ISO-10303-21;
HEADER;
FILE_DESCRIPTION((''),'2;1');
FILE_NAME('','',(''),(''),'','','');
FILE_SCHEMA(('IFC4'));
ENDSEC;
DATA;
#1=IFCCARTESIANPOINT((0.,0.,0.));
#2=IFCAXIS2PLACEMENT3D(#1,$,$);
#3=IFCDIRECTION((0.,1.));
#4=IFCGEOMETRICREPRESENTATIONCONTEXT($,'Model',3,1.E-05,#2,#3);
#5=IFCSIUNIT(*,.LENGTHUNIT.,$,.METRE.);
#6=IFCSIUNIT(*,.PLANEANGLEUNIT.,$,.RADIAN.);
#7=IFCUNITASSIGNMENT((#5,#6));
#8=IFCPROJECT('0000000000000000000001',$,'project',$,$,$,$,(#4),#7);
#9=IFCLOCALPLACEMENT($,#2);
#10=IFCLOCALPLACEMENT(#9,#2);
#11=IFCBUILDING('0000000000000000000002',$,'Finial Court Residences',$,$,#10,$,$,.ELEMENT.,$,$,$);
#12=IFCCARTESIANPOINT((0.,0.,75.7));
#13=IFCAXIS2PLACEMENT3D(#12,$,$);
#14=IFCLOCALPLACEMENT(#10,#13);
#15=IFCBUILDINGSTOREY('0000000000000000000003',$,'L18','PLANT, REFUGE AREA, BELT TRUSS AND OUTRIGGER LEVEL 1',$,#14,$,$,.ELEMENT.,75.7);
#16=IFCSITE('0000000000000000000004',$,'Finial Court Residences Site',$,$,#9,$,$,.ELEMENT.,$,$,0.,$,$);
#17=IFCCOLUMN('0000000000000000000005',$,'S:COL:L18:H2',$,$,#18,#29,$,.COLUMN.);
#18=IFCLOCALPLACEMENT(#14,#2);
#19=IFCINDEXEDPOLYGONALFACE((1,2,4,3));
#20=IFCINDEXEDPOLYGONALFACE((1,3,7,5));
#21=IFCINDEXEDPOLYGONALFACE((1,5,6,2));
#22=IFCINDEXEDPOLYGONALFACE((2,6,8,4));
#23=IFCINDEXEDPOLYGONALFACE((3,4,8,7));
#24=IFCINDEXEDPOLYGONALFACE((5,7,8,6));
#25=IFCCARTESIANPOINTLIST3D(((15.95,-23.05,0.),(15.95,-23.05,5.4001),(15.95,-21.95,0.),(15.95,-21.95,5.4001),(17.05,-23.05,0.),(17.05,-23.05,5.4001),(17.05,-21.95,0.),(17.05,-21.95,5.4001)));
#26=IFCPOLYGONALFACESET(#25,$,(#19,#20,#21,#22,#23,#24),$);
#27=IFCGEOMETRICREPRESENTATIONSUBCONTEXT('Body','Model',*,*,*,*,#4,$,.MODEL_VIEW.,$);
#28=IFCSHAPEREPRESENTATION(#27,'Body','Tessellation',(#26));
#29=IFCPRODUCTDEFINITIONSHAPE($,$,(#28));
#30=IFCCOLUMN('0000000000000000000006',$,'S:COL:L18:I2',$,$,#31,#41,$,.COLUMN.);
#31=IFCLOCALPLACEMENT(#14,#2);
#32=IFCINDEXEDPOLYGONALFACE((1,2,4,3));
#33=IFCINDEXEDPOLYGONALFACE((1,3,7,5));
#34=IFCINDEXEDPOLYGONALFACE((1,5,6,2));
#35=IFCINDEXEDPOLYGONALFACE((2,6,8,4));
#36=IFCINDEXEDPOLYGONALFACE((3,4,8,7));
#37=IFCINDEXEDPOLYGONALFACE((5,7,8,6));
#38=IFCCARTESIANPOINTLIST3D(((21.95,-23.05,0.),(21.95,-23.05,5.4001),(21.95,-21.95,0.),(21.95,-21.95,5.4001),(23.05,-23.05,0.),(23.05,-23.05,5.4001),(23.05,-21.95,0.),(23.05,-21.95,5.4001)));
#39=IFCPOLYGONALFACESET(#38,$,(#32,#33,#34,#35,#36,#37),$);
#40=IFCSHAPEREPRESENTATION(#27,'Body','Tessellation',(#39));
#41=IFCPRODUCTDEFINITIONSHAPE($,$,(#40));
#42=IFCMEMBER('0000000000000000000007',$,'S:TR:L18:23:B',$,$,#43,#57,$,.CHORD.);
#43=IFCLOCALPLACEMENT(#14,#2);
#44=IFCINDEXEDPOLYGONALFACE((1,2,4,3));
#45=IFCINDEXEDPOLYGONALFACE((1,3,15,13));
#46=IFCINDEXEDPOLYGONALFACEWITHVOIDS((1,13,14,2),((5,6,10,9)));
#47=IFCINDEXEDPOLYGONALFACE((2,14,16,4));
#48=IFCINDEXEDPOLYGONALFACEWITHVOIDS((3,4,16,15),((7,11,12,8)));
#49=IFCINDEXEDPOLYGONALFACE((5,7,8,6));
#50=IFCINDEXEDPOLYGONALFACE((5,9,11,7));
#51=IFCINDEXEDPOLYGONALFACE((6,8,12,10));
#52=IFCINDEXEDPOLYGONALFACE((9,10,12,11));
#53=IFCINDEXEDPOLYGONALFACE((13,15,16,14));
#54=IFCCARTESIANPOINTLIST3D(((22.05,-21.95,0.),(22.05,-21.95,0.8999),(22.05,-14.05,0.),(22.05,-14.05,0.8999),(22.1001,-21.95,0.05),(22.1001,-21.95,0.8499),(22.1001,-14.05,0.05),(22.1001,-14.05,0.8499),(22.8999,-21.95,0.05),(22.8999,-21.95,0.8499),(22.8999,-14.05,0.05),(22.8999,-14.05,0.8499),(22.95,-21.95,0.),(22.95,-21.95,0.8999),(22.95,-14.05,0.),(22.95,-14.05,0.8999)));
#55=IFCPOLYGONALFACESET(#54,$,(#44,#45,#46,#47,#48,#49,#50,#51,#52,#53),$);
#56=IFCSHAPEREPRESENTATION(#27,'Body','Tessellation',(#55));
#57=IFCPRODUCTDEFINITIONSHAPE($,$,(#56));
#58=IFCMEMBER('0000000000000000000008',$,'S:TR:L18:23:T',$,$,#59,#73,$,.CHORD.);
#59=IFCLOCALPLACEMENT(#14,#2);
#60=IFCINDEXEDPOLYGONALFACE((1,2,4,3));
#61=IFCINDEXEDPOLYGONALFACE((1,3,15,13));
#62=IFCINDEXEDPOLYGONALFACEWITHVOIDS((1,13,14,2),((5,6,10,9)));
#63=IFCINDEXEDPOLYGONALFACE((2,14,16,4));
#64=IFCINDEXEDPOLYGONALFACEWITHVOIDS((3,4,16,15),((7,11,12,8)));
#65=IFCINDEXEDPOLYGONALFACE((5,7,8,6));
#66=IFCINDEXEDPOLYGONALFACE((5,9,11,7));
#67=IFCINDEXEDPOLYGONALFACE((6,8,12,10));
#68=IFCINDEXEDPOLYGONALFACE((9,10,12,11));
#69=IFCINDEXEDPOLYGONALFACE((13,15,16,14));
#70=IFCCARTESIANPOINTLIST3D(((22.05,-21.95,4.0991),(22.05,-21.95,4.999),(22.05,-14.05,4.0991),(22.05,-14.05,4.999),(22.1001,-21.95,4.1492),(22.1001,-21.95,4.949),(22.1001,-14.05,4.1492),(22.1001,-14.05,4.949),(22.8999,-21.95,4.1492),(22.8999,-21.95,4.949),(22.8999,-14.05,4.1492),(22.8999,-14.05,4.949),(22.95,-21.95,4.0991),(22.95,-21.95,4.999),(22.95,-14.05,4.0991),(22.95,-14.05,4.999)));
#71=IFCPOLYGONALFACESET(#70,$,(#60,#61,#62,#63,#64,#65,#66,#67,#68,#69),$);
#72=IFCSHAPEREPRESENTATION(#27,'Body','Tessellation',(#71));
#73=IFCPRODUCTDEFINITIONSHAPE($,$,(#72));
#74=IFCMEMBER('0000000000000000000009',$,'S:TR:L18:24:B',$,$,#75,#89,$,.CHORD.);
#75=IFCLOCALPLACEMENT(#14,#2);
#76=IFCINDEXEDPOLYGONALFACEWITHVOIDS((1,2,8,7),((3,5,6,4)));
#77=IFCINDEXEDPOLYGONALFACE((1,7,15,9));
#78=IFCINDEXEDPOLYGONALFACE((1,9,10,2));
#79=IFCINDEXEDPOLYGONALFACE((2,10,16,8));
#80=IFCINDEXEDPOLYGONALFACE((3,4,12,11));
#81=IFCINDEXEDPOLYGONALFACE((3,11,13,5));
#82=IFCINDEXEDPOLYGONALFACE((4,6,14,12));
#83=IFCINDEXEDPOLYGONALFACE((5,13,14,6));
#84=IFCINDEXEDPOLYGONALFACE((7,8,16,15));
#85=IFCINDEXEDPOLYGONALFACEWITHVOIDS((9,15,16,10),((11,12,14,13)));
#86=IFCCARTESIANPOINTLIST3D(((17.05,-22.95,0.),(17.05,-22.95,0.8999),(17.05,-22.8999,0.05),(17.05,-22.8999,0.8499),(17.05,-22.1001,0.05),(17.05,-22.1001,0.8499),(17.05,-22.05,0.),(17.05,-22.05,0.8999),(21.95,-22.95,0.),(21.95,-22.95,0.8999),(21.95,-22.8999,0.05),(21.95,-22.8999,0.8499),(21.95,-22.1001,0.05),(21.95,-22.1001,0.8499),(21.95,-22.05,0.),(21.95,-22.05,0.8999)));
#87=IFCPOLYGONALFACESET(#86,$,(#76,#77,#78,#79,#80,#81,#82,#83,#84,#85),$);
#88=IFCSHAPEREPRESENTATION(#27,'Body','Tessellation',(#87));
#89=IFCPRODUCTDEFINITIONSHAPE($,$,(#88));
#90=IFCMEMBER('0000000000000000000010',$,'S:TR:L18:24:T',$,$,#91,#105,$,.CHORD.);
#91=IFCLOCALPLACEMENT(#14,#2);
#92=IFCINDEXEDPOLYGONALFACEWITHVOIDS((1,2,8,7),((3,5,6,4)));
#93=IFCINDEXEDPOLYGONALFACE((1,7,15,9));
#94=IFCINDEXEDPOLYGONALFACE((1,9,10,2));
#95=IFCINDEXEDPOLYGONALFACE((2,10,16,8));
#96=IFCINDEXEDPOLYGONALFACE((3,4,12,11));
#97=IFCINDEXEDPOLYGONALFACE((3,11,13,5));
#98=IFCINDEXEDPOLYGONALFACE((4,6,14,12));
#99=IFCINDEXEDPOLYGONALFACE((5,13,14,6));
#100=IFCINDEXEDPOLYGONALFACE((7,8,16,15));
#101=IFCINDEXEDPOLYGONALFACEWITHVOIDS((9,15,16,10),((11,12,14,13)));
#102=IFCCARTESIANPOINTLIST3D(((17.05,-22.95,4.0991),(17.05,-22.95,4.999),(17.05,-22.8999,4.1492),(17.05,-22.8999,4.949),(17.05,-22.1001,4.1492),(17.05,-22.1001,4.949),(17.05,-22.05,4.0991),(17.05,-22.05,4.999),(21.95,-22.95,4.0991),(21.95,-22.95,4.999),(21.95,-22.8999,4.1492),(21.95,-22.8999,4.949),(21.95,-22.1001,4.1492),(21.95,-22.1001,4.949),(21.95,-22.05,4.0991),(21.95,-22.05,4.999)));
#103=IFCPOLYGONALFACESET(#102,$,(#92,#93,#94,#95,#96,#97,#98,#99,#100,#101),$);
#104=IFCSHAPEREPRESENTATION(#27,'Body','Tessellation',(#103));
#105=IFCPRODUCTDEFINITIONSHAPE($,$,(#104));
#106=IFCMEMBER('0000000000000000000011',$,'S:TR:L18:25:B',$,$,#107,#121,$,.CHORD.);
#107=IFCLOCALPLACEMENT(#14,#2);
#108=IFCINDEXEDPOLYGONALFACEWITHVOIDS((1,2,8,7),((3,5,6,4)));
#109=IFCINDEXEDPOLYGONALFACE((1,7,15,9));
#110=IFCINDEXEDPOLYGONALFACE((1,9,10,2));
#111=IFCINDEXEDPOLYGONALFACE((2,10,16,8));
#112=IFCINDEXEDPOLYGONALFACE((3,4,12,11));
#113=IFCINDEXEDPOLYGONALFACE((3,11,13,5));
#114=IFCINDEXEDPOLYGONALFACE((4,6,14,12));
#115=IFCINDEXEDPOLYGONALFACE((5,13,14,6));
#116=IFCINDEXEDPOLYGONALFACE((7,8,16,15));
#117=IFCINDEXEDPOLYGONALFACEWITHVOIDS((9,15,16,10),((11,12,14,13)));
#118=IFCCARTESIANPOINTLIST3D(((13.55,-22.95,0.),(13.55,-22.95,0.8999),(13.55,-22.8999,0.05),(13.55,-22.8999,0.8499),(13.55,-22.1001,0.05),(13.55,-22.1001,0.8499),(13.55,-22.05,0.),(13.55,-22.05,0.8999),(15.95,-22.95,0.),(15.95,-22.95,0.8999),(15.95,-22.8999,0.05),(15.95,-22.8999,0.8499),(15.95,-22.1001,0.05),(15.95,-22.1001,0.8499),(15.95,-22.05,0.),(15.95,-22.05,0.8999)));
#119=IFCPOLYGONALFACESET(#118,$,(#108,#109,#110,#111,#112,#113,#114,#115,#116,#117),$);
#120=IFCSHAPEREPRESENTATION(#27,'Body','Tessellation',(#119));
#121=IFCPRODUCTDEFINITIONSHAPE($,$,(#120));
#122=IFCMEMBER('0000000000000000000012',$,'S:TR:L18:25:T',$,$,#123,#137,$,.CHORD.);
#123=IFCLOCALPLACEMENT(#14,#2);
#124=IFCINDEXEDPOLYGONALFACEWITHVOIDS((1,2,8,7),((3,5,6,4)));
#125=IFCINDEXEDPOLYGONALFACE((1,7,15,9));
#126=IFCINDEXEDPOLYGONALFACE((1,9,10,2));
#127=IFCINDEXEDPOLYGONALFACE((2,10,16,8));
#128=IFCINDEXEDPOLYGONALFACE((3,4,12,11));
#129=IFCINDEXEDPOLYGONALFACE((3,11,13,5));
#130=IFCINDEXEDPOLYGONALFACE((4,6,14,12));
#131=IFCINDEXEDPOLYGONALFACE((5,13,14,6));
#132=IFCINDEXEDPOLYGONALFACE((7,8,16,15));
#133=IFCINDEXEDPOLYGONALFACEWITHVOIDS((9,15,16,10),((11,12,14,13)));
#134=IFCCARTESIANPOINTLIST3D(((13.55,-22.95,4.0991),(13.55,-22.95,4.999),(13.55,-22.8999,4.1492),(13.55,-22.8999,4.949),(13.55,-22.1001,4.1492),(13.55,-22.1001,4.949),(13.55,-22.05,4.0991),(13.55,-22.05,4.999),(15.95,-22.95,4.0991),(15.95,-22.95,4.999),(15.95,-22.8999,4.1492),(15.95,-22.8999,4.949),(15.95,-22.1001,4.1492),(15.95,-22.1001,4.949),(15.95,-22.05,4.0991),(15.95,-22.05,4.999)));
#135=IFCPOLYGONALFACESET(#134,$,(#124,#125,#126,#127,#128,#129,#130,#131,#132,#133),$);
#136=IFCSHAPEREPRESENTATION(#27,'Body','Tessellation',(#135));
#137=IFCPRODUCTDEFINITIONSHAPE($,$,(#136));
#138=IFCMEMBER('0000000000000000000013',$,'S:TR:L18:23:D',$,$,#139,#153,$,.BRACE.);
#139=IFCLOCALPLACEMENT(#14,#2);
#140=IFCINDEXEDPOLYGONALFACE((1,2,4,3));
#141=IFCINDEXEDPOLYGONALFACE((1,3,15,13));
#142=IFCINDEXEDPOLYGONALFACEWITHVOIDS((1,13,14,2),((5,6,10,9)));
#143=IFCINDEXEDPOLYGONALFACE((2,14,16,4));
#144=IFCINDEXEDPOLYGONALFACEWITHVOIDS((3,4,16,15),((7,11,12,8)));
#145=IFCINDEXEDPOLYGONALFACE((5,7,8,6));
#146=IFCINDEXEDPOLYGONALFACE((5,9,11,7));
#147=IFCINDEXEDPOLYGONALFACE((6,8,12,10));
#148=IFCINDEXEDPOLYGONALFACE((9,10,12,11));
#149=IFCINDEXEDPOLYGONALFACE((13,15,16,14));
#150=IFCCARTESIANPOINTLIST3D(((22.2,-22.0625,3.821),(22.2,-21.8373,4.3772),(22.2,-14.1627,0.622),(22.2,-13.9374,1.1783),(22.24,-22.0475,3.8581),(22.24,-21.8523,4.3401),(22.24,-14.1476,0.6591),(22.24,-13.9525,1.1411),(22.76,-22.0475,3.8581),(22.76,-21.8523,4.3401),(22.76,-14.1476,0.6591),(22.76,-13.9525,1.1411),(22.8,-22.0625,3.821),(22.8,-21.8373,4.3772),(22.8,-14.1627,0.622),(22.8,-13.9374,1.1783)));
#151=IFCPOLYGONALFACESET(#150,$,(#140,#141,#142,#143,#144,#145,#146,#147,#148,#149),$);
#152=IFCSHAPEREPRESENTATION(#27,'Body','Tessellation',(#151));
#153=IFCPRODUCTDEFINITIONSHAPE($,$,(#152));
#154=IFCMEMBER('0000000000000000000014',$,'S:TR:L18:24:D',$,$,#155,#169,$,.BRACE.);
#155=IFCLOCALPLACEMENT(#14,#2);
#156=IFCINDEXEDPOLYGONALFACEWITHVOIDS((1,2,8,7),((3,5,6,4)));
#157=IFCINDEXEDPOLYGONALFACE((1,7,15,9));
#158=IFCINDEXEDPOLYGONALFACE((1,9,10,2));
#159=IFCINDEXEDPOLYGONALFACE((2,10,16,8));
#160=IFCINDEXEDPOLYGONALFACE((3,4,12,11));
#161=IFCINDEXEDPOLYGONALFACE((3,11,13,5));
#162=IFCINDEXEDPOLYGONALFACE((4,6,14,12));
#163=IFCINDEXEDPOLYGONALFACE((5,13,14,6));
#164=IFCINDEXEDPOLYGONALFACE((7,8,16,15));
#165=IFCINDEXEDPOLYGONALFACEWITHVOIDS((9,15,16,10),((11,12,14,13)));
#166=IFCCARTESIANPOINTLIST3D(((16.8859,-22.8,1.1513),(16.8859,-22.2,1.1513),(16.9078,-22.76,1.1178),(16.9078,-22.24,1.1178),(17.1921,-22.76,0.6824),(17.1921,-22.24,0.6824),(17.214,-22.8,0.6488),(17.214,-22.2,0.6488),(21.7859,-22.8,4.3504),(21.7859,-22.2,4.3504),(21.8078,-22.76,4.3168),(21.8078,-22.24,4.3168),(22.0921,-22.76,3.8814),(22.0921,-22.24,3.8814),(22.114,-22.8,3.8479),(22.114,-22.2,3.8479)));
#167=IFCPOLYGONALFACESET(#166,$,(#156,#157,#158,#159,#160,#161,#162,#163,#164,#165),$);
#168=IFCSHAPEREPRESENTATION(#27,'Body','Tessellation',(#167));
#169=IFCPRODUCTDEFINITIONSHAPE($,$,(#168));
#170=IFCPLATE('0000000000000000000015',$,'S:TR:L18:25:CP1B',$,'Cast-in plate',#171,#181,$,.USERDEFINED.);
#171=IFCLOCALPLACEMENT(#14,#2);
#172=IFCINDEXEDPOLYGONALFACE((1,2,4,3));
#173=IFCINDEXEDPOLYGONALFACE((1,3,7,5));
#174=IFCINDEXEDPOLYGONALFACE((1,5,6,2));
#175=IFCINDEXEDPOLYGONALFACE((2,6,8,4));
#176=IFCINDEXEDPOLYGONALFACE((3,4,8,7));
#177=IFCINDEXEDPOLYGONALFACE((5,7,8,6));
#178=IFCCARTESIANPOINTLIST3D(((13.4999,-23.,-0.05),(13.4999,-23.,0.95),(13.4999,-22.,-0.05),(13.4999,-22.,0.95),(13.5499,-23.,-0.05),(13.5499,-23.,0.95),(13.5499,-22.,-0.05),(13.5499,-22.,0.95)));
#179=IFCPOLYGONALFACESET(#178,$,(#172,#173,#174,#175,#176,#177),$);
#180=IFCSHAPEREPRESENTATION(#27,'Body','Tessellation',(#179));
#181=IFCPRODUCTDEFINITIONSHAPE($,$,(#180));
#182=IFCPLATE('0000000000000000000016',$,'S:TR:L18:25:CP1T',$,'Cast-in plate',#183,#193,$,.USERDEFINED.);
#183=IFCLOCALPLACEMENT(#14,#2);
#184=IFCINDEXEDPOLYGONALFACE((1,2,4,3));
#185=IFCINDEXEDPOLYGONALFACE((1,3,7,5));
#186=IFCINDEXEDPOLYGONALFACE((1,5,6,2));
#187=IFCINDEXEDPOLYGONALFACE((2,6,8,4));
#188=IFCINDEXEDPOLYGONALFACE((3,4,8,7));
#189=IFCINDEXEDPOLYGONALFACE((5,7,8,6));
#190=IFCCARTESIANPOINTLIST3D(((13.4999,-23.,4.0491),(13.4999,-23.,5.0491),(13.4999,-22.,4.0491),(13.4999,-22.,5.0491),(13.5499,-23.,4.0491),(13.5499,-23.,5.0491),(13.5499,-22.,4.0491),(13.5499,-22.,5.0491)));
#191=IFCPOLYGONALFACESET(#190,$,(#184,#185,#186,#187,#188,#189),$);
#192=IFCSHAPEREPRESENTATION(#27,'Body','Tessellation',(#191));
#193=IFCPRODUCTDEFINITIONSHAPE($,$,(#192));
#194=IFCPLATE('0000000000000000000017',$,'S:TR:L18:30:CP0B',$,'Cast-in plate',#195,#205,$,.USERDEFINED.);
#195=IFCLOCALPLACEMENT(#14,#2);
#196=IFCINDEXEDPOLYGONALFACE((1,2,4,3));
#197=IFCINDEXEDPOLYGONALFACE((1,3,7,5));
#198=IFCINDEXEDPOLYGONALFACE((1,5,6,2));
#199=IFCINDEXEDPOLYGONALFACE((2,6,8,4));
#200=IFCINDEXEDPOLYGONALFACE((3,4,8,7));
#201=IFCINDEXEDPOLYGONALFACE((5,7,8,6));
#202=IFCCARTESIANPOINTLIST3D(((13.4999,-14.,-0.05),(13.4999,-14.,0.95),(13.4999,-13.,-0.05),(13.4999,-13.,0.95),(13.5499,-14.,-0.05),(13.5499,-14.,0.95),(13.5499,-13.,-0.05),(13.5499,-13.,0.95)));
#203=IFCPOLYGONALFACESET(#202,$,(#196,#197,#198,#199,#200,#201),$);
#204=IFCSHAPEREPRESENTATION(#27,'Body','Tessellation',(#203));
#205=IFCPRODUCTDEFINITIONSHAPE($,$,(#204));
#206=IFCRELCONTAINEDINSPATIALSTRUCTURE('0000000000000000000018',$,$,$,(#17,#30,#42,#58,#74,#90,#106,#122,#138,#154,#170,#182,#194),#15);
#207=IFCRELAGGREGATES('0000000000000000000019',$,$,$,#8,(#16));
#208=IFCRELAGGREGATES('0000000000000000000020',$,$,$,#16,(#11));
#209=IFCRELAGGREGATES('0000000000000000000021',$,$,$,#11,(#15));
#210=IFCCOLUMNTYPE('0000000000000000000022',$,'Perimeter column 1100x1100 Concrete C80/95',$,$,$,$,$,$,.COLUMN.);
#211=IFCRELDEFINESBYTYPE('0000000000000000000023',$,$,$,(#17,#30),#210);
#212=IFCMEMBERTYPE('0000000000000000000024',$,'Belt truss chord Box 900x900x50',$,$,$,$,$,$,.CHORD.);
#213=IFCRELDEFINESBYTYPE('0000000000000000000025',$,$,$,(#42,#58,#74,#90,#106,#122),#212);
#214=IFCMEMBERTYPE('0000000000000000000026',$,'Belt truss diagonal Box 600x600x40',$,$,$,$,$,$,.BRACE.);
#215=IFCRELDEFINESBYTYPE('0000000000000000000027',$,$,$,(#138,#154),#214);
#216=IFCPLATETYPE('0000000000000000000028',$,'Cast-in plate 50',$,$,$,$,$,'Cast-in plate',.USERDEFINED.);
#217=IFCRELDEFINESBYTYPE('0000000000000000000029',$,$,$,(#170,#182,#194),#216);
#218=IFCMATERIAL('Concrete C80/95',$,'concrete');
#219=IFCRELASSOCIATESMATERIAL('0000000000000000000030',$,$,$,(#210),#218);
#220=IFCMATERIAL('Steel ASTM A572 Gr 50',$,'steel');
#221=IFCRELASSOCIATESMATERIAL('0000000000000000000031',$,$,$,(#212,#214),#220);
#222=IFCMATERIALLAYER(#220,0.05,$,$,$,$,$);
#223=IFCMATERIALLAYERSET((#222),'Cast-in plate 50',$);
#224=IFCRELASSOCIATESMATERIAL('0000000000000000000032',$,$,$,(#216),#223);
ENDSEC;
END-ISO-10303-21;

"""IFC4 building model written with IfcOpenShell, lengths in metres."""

from ifc_helpers import new_model, si_unit, direction, frame, origin, origin_2d, place, context, subcontext, project, spatial, rectangle, hollow_rectangle, extrude, material, layer, layer_set, material_profile, profile_set, type_object, element, save


model = new_model("IFC4")

# Units and contexts
model_context = context("Model", 3, precision=1e-05, world=origin(), true_north=direction((0.0, 1.0)))
body_context = subcontext(model_context, "Body", "Model", "MODEL_VIEW")
ifc_project = project(units=[si_unit("LENGTHUNIT", "METRE"), si_unit("PLANEANGLEUNIT", "RADIAN")], contexts=[model_context])

# Site, building, storey
site_placement = place(None, origin())
site = spatial("IfcSite", under=ifc_project, at=site_placement, Name="Finial Court Residences Site", CompositionType="ELEMENT", RefElevation=0.0)
building_placement = place(site_placement, origin())
building = spatial("IfcBuilding", under=site, at=building_placement, Name="Finial Court Residences", CompositionType="ELEMENT")
storey_placement = place(building_placement, frame((0.0, 0.0, 75.7)))
storey = spatial("IfcBuildingStorey", under=building, at=storey_placement, Name="L18", Description="PLANT, REFUGE AREA, BELT TRUSS AND OUTRIGGER LEVEL 1", CompositionType="ELEMENT", Elevation=75.7)

# Columns
ifc_material_1 = material(Name="Concrete C80/95", Category="concrete")
ifc_material_profile_1 = material_profile(ifc_material_1, rectangle(XDim=1.1001, YDim=1.1001, at=origin_2d()), Name="1100x1100")
ifc_profile_set_1 = profile_set([ifc_material_profile_1], Name="Concrete C80/95")
column_type = type_object("IfcColumnType", Name="Perimeter column 1100x1100 Concrete C80/95", PredefinedType="COLUMN", material=ifc_profile_set_1)
for number, where, z_axis, x_axis, name in (
    (1, (16.5, -22.5, 0.0), (0.0, 0.0, 1.0), (1.0, 0.0, 0.0), "S:COL:L18:H2"),
    (2, (22.5, -22.5, 0.0), (0.0, 0.0, 1.0), (1.0, 0.0, 0.0), "S:COL:L18:I2"),
):
    element("IfcColumn", number, at=place(storey_placement, frame(where, z_axis=z_axis, x_axis=x_axis)), inside=storey, type_object=column_type, Name=name, PredefinedType="COLUMN", context=body_context, shape_type="SweptSolid", body=[
        extrude(rectangle(XDim=1.1001, YDim=1.1001, at=origin_2d()), origin(), (0.0, 0.0, 1.0), 5.4001),
    ])

# Members
ifc_material_2 = material(Name="Steel ASTM A572 Gr 50", Category="steel")
ifc_material_profile_2 = material_profile(ifc_material_2, hollow_rectangle(XDim=0.8999, YDim=0.8999, WallThickness=0.05, at=origin_2d()), Name="Box 900x900x50")
ifc_profile_set_2 = profile_set([ifc_material_profile_2], Name="Steel ASTM A572 Gr 50")
member_type_1 = type_object("IfcMemberType", Name="Belt truss chord Box 900x900x50", PredefinedType="CHORD", material=ifc_profile_set_2)
for number, where, z_axis, x_axis, name in (
    (3, (22.5, -14.05, 0.45), (0.0, -1.0, 0.0), (1.0, 0.0, 0.0), "S:TR:L18:23:B"),
    (4, (22.5, -14.05, 4.5491), (0.0, -1.0, 0.0), (1.0, 0.0, 0.0), "S:TR:L18:23:T"),
):
    element("IfcMember", number, at=place(storey_placement, frame(where, z_axis=z_axis, x_axis=x_axis)), inside=storey, type_object=member_type_1, Name=name, PredefinedType="CHORD", context=body_context, shape_type="SweptSolid", body=[
        extrude(hollow_rectangle(XDim=0.8999, YDim=0.8999, WallThickness=0.05, at=origin_2d()), origin(), (0.0, 0.0, 1.0), 7.8999),
    ])
for number, where, z_axis, x_axis, name in (
    (5, (21.95, -22.5, 0.45), (-1.0, 0.0, 0.0), (0.0, -1.0, 0.0), "S:TR:L18:24:B"),
    (6, (21.95, -22.5, 4.5491), (-1.0, 0.0, 0.0), (0.0, -1.0, 0.0), "S:TR:L18:24:T"),
):
    element("IfcMember", number, at=place(storey_placement, frame(where, z_axis=z_axis, x_axis=x_axis)), inside=storey, type_object=member_type_1, Name=name, PredefinedType="CHORD", context=body_context, shape_type="SweptSolid", body=[
        extrude(hollow_rectangle(XDim=0.8999, YDim=0.8999, WallThickness=0.05, at=origin_2d()), origin(), (0.0, 0.0, 1.0), 4.8999),
    ])
for number, where, z_axis, x_axis, name in (
    (7, (15.95, -22.5, 0.45), (-1.0, 0.0, 0.0), (0.0, -1.0, 0.0), "S:TR:L18:25:B"),
    (8, (15.95, -22.5, 4.5491), (-1.0, 0.0, 0.0), (0.0, -1.0, 0.0), "S:TR:L18:25:T"),
):
    element("IfcMember", number, at=place(storey_placement, frame(where, z_axis=z_axis, x_axis=x_axis)), inside=storey, type_object=member_type_1, Name=name, PredefinedType="CHORD", context=body_context, shape_type="SweptSolid", body=[
        extrude(hollow_rectangle(XDim=0.8999, YDim=0.8999, WallThickness=0.05, at=origin_2d()), origin(), (0.0, 0.0, 1.0), 2.3999),
    ])
ifc_material_profile_3 = material_profile(ifc_material_2, hollow_rectangle(XDim=0.6001, YDim=0.6001, WallThickness=0.04, at=origin_2d()), Name="Box 600x600x40")
ifc_profile_set_3 = profile_set([ifc_material_profile_3], Name="Steel ASTM A572 Gr 50")
member_type_2 = type_object("IfcMemberType", Name="Belt truss diagonal Box 600x600x40", PredefinedType="BRACE", material=ifc_profile_set_3)
member_1_placement = place(storey_placement, frame((22.5, -14.05, 0.9001), z_axis=(0.0, -0.92689, 0.375333), x_axis=(1.0, 0.0, 0.0)))
element("IfcMember", 9, at=member_1_placement, inside=storey, type_object=member_type_2, Name="S:TR:L18:23:D", PredefinedType="BRACE", context=body_context, shape_type="SweptSolid", body=[
    extrude(hollow_rectangle(XDim=0.6001, YDim=0.6001, WallThickness=0.04, at=origin_2d()), origin(), (0.0, 0.0, 1.0), 8.5229),
])
member_2_placement = place(storey_placement, frame((21.95, -22.5, 4.0991), z_axis=(-0.837346, 0.0, -0.546674), x_axis=(0.0, -1.0, 0.0)))
element("IfcMember", 10, at=member_2_placement, inside=storey, type_object=member_type_2, Name="S:TR:L18:24:D", PredefinedType="BRACE", context=body_context, shape_type="SweptSolid", body=[
    extrude(hollow_rectangle(XDim=0.6001, YDim=0.6001, WallThickness=0.04, at=origin_2d()), origin(), (0.0, 0.0, 1.0), 5.8518),
])

# Plates
ifc_layer_1 = layer(ifc_material_2, 0.05)
ifc_layer_set_1 = layer_set([ifc_layer_1], Name="Cast-in plate 50")
plate_type = type_object("IfcPlateType", Name="Cast-in plate 50", ElementType="Cast-in plate", PredefinedType="USERDEFINED", material=ifc_layer_set_1)
for number, where, z_axis, x_axis, name in (
    (11, (13.5249, -22.5, -0.05), (0.0, 0.0, 1.0), (1.0, 0.0, 0.0), "S:TR:L18:25:CP1B"),
    (12, (13.5249, -22.5, 4.0491), (0.0, 0.0, 1.0), (1.0, 0.0, 0.0), "S:TR:L18:25:CP1T"),
    (13, (13.5249, -13.5, -0.05), (0.0, 0.0, 1.0), (1.0, 0.0, 0.0), "S:TR:L18:30:CP0B"),
):
    element("IfcPlate", number, at=place(storey_placement, frame(where, z_axis=z_axis, x_axis=x_axis)), inside=storey, type_object=plate_type, Name=name, ObjectType="Cast-in plate", PredefinedType="USERDEFINED", context=body_context, shape_type="SweptSolid", body=[
        extrude(rectangle(XDim=0.05, YDim=1.0, at=origin_2d()), origin(), (0.0, 0.0, 1.0), 1.0),
    ])

save(model, "model.ifc")
